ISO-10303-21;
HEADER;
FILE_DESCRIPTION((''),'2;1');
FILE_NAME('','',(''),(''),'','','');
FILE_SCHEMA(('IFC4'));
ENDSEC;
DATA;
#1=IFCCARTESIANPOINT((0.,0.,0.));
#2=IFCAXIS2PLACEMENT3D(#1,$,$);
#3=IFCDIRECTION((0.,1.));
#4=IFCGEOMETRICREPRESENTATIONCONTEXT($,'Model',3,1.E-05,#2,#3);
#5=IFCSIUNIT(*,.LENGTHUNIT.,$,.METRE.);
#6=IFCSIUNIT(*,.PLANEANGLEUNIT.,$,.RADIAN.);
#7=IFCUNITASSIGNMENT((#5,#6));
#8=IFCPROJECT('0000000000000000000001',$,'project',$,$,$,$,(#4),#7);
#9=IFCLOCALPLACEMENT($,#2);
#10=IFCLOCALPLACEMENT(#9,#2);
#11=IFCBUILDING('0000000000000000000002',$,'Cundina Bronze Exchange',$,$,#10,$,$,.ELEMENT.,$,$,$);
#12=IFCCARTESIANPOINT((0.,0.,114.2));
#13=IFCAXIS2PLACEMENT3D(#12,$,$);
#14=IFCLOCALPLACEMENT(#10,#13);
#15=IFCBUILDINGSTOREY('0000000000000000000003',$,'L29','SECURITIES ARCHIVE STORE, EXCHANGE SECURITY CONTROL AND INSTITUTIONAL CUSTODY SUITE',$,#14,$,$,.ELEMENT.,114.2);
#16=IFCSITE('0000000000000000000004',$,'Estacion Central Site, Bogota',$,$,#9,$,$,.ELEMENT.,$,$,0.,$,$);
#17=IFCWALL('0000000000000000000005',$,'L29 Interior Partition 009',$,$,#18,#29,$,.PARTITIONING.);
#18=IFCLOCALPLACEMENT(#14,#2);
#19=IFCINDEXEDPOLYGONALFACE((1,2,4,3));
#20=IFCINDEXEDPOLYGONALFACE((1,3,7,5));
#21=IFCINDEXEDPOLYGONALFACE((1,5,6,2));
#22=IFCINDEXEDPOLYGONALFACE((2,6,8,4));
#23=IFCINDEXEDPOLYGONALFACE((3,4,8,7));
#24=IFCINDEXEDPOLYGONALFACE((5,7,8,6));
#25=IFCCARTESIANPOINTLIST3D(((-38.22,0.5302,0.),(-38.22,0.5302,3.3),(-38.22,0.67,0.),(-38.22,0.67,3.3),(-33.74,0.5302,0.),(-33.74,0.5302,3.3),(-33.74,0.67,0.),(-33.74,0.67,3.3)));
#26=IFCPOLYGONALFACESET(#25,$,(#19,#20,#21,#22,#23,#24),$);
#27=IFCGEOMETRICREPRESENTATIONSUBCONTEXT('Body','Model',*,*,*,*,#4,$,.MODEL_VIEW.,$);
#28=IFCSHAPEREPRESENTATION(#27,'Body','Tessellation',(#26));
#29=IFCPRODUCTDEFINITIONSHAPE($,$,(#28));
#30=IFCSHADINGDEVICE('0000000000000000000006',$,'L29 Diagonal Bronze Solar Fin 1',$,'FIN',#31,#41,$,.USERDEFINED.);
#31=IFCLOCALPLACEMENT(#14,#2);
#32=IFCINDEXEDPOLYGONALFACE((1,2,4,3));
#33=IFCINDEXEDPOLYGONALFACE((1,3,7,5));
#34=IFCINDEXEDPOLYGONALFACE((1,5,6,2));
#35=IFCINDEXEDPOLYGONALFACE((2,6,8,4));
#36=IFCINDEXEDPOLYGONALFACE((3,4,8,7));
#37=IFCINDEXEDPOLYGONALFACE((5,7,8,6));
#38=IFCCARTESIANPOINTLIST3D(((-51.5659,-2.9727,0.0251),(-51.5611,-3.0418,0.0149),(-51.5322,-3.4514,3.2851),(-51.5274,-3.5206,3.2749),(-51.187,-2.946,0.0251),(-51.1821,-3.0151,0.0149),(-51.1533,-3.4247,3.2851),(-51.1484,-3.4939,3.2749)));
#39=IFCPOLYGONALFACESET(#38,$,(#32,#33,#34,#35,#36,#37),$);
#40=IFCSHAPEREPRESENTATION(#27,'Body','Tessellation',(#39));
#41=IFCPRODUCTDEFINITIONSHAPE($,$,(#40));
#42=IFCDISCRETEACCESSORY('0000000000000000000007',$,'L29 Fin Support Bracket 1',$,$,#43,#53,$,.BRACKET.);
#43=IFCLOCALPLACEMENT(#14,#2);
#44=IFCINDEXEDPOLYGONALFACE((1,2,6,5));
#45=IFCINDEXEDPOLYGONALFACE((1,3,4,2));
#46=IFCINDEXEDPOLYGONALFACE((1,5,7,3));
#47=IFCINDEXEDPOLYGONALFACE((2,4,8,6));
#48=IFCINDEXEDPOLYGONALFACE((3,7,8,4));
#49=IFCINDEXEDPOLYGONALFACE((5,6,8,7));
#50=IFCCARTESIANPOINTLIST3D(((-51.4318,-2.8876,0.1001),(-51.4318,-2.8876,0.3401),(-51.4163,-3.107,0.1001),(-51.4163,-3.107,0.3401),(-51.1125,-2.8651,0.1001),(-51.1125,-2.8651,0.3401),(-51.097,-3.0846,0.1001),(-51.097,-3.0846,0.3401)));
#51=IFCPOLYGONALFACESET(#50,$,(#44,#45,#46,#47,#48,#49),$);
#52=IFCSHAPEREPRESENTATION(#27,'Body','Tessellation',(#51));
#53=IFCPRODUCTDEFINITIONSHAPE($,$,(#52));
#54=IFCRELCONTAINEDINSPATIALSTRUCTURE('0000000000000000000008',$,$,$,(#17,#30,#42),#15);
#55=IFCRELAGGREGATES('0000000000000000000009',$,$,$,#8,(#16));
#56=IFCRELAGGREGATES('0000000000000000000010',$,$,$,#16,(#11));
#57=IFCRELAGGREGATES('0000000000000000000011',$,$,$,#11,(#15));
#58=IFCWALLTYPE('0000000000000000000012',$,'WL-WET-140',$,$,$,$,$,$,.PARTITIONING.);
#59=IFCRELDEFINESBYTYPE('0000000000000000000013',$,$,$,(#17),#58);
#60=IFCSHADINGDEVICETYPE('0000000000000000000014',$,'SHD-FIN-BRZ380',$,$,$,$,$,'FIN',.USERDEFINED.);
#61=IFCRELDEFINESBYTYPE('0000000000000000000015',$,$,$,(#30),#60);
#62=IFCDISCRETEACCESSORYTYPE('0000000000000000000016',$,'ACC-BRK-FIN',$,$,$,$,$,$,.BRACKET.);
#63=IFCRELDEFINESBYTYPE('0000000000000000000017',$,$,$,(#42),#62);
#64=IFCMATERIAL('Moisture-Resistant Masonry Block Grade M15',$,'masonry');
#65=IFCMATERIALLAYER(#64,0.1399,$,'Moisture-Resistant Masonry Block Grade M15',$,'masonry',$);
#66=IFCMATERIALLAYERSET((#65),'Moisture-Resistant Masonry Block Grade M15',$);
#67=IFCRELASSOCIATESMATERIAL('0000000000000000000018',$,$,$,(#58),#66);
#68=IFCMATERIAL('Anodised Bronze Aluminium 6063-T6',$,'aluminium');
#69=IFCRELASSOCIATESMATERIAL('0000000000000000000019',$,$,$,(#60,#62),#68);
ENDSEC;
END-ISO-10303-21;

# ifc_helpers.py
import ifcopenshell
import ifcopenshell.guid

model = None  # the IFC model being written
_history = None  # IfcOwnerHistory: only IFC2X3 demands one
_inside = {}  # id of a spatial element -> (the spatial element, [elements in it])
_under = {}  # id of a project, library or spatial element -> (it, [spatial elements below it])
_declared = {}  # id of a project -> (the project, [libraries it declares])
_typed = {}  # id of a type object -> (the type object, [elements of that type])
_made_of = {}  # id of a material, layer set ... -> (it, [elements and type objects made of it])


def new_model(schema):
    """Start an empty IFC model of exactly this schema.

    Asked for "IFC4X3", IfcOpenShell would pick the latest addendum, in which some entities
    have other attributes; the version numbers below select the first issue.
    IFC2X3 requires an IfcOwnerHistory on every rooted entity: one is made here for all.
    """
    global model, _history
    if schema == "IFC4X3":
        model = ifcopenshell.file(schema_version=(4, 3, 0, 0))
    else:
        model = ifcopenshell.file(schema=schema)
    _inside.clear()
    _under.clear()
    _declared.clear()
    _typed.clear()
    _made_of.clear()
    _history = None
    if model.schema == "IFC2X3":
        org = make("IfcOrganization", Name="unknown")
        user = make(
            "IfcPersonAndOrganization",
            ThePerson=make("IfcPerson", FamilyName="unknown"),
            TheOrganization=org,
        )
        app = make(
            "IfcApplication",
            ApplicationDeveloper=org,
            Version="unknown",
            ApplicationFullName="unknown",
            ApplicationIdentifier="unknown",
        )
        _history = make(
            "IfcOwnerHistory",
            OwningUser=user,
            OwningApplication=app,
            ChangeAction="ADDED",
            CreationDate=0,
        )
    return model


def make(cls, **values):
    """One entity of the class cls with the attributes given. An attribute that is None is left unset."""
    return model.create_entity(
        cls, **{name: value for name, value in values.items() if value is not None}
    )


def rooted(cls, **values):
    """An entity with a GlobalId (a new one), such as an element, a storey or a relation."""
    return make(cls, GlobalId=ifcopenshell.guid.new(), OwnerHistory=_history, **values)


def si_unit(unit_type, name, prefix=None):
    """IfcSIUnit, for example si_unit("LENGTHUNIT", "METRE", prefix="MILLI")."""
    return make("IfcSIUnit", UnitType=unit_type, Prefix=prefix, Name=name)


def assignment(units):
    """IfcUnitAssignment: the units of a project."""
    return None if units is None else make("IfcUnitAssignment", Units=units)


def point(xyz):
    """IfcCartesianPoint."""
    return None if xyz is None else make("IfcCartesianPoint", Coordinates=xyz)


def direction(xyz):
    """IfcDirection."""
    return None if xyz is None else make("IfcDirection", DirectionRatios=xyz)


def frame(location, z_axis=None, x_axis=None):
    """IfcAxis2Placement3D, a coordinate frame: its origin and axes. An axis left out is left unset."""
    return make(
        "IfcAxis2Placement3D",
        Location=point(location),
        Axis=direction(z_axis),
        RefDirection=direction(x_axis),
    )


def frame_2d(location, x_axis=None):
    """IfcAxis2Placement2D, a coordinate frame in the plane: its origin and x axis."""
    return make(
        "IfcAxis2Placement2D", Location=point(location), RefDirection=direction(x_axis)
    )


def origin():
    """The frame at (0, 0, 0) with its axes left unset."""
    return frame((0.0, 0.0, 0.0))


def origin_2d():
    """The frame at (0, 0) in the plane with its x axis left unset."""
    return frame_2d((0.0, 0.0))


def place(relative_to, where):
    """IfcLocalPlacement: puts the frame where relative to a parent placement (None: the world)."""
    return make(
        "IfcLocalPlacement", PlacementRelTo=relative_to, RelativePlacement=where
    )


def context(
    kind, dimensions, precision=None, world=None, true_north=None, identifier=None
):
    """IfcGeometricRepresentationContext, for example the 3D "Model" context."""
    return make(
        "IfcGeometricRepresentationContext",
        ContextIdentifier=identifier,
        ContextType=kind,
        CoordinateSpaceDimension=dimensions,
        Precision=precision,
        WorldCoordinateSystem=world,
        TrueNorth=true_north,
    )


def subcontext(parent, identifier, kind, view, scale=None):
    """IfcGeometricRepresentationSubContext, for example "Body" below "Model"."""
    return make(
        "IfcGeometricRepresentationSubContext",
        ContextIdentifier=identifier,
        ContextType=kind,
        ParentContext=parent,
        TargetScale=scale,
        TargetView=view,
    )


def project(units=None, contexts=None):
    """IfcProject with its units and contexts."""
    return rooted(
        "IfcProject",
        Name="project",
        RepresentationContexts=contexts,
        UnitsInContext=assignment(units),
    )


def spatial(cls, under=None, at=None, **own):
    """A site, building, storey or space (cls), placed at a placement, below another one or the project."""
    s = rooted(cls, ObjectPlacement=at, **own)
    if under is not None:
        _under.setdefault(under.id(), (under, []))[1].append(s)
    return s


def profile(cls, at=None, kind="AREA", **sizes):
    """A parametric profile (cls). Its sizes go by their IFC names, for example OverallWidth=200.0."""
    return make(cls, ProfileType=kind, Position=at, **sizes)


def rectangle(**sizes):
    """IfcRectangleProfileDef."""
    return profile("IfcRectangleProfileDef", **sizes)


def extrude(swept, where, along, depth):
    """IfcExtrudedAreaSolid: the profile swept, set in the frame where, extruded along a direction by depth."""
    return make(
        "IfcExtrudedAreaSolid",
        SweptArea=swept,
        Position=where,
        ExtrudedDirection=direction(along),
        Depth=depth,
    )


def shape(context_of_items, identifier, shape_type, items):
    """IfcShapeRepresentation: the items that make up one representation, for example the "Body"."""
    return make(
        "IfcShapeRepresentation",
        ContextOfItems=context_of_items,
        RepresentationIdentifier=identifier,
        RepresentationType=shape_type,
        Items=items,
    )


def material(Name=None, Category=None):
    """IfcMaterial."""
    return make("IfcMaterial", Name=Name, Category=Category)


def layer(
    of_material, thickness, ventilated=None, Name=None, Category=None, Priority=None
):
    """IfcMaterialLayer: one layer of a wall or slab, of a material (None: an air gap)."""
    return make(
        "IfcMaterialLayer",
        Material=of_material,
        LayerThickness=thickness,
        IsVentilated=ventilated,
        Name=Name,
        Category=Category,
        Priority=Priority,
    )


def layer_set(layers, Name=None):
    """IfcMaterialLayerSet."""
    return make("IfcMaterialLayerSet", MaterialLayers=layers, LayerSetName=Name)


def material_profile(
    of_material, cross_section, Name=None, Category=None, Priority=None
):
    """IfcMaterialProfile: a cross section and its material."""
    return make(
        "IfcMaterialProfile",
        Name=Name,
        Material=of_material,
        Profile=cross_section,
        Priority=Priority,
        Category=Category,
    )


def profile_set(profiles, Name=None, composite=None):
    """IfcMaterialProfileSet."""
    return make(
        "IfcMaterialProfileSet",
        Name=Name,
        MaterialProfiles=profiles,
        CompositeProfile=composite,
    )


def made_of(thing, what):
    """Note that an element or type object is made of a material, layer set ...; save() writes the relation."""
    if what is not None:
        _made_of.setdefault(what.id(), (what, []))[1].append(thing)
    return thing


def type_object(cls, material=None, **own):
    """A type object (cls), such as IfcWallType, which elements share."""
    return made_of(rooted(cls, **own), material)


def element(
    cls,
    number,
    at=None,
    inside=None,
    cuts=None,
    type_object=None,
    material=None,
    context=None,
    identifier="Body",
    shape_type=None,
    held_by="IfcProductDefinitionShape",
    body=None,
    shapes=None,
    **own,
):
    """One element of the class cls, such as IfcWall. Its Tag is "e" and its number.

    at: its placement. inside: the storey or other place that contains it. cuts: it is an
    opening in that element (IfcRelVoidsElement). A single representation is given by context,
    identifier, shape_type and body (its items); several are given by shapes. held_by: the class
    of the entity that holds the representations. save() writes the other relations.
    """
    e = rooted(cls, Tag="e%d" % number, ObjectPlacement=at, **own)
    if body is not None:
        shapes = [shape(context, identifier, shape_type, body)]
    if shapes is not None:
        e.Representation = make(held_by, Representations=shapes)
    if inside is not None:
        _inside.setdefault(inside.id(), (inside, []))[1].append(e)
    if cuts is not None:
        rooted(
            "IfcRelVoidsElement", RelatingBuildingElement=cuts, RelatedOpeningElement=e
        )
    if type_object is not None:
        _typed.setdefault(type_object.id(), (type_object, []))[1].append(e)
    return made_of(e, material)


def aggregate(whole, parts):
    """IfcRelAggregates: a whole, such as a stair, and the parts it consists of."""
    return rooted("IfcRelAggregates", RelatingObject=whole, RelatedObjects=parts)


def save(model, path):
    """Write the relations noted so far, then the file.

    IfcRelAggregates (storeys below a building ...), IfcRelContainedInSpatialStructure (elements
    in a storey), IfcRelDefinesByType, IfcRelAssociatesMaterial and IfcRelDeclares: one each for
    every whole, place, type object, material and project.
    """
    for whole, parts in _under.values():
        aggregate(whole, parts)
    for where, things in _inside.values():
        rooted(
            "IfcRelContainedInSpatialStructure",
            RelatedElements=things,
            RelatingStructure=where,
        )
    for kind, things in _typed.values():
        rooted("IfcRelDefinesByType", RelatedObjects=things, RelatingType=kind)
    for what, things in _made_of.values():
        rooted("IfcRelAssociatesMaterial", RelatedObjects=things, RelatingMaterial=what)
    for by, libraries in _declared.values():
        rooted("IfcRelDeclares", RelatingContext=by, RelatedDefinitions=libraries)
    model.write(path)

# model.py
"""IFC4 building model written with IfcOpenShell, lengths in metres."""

from ifc_helpers import new_model, si_unit, direction, frame, frame_2d, origin, origin_2d, place, context, subcontext, project, spatial, rectangle, extrude, material, layer, layer_set, material_profile, profile_set, type_object, element, save


model = new_model("IFC4")

# Units and contexts
model_context = context("Model", 3, precision=1e-05, world=origin(), true_north=direction((0.0, 1.0)))
body_context = subcontext(model_context, "Body", "Model", "MODEL_VIEW")
ifc_project = project(units=[si_unit("LENGTHUNIT", "METRE"), si_unit("PLANEANGLEUNIT", "RADIAN")], contexts=[model_context])

# Site, building, storey
site_placement = place(None, origin())
site = spatial("IfcSite", under=ifc_project, at=site_placement, Name="Estacion Central Site, Bogota", CompositionType="ELEMENT", RefElevation=0.0)
building_placement = place(site_placement, origin())
building = spatial("IfcBuilding", under=site, at=building_placement, Name="Cundina Bronze Exchange", CompositionType="ELEMENT")
storey_placement = place(building_placement, frame((0.0, 0.0, 114.2)))
storey = spatial("IfcBuildingStorey", under=building, at=storey_placement, Name="L29", Description="SECURITIES ARCHIVE STORE, EXCHANGE SECURITY CONTROL AND INSTITUTIONAL CUSTODY SUITE", CompositionType="ELEMENT", Elevation=114.2)

# Shared definitions
ifc_material_1 = material(Name="Anodised Bronze Aluminium 6063-T6", Category="aluminium")

# Wall
ifc_material_2 = material(Name="Moisture-Resistant Masonry Block Grade M15", Category="masonry")
ifc_layer_1 = layer(ifc_material_2, 0.1399, Name="Moisture-Resistant Masonry Block Grade M15", Category="masonry")
ifc_layer_set_1 = layer_set([ifc_layer_1], Name="Moisture-Resistant Masonry Block Grade M15")
wall_type_1 = type_object("IfcWallType", Name="WL-WET-140", PredefinedType="PARTITIONING", material=ifc_layer_set_1)
wall_1_placement = place(storey_placement, frame((-38.22, 0.6001, 0.0), z_axis=(0.0, 0.0, 1.0), x_axis=(1.0, 0.0, 0.0)))
element("IfcWall", 1, at=wall_1_placement, inside=storey, type_object=wall_type_1, Name="L29 Interior Partition 009", PredefinedType="PARTITIONING", context=body_context, shape_type="SweptSolid", body=[
    extrude(rectangle(XDim=4.48, YDim=0.1399, at=frame_2d((2.24, 0.0))), origin(), (0.0, 0.0, 1.0), 3.3),
])

# Shading device
ifc_material_profile_1 = material_profile(ifc_material_1, rectangle(XDim=0.0701, YDim=0.3799, at=origin_2d()), Name="FIN70X380", Category="aluminium")
ifc_profile_set_1 = profile_set([ifc_material_profile_1], Name="Anodised Bronze Aluminium 6063-T6")
shading_device_type = type_object("IfcShadingDeviceType", Name="SHD-FIN-BRZ380", ElementType="FIN", PredefinedType="USERDEFINED", material=ifc_profile_set_1)
shading_device_placement = place(storey_placement, frame((-51.374, -2.9939, 0.02), z_axis=(0.010225, -0.145292, 0.989336), x_axis=(-0.06945, 0.986895, 0.145652)))
element("IfcShadingDevice", 2, at=shading_device_placement, inside=storey, type_object=shading_device_type, Name="L29 Diagonal Bronze Solar Fin 1", ObjectType="FIN", PredefinedType="USERDEFINED", context=body_context, shape_type="SweptSolid", body=[
    extrude(rectangle(XDim=0.0701, YDim=0.3799, at=origin_2d()), origin(), (0.0, 0.0, 1.0), 3.2952),
])

# Discrete accessory
discrete_accessory_type = type_object("IfcDiscreteAccessoryType", Name="ACC-BRK-FIN", PredefinedType="BRACKET", material=ifc_material_1)
discrete_accessory_placement = place(storey_placement, frame((-51.2644, -2.9861, 0.1001), z_axis=(0.0, 0.0, 1.0), x_axis=(0.070279, -0.997527, 0.0)))
element("IfcDiscreteAccessory", 3, at=discrete_accessory_placement, inside=storey, type_object=discrete_accessory_type, Name="L29 Fin Support Bracket 1", PredefinedType="BRACKET", context=body_context, shape_type="SweptSolid", body=[
    extrude(rectangle(XDim=0.22, YDim=0.3201, at=origin_2d()), origin(), (0.0, 0.0, 1.0), 0.24),
])

save(model, "model.ifc")
